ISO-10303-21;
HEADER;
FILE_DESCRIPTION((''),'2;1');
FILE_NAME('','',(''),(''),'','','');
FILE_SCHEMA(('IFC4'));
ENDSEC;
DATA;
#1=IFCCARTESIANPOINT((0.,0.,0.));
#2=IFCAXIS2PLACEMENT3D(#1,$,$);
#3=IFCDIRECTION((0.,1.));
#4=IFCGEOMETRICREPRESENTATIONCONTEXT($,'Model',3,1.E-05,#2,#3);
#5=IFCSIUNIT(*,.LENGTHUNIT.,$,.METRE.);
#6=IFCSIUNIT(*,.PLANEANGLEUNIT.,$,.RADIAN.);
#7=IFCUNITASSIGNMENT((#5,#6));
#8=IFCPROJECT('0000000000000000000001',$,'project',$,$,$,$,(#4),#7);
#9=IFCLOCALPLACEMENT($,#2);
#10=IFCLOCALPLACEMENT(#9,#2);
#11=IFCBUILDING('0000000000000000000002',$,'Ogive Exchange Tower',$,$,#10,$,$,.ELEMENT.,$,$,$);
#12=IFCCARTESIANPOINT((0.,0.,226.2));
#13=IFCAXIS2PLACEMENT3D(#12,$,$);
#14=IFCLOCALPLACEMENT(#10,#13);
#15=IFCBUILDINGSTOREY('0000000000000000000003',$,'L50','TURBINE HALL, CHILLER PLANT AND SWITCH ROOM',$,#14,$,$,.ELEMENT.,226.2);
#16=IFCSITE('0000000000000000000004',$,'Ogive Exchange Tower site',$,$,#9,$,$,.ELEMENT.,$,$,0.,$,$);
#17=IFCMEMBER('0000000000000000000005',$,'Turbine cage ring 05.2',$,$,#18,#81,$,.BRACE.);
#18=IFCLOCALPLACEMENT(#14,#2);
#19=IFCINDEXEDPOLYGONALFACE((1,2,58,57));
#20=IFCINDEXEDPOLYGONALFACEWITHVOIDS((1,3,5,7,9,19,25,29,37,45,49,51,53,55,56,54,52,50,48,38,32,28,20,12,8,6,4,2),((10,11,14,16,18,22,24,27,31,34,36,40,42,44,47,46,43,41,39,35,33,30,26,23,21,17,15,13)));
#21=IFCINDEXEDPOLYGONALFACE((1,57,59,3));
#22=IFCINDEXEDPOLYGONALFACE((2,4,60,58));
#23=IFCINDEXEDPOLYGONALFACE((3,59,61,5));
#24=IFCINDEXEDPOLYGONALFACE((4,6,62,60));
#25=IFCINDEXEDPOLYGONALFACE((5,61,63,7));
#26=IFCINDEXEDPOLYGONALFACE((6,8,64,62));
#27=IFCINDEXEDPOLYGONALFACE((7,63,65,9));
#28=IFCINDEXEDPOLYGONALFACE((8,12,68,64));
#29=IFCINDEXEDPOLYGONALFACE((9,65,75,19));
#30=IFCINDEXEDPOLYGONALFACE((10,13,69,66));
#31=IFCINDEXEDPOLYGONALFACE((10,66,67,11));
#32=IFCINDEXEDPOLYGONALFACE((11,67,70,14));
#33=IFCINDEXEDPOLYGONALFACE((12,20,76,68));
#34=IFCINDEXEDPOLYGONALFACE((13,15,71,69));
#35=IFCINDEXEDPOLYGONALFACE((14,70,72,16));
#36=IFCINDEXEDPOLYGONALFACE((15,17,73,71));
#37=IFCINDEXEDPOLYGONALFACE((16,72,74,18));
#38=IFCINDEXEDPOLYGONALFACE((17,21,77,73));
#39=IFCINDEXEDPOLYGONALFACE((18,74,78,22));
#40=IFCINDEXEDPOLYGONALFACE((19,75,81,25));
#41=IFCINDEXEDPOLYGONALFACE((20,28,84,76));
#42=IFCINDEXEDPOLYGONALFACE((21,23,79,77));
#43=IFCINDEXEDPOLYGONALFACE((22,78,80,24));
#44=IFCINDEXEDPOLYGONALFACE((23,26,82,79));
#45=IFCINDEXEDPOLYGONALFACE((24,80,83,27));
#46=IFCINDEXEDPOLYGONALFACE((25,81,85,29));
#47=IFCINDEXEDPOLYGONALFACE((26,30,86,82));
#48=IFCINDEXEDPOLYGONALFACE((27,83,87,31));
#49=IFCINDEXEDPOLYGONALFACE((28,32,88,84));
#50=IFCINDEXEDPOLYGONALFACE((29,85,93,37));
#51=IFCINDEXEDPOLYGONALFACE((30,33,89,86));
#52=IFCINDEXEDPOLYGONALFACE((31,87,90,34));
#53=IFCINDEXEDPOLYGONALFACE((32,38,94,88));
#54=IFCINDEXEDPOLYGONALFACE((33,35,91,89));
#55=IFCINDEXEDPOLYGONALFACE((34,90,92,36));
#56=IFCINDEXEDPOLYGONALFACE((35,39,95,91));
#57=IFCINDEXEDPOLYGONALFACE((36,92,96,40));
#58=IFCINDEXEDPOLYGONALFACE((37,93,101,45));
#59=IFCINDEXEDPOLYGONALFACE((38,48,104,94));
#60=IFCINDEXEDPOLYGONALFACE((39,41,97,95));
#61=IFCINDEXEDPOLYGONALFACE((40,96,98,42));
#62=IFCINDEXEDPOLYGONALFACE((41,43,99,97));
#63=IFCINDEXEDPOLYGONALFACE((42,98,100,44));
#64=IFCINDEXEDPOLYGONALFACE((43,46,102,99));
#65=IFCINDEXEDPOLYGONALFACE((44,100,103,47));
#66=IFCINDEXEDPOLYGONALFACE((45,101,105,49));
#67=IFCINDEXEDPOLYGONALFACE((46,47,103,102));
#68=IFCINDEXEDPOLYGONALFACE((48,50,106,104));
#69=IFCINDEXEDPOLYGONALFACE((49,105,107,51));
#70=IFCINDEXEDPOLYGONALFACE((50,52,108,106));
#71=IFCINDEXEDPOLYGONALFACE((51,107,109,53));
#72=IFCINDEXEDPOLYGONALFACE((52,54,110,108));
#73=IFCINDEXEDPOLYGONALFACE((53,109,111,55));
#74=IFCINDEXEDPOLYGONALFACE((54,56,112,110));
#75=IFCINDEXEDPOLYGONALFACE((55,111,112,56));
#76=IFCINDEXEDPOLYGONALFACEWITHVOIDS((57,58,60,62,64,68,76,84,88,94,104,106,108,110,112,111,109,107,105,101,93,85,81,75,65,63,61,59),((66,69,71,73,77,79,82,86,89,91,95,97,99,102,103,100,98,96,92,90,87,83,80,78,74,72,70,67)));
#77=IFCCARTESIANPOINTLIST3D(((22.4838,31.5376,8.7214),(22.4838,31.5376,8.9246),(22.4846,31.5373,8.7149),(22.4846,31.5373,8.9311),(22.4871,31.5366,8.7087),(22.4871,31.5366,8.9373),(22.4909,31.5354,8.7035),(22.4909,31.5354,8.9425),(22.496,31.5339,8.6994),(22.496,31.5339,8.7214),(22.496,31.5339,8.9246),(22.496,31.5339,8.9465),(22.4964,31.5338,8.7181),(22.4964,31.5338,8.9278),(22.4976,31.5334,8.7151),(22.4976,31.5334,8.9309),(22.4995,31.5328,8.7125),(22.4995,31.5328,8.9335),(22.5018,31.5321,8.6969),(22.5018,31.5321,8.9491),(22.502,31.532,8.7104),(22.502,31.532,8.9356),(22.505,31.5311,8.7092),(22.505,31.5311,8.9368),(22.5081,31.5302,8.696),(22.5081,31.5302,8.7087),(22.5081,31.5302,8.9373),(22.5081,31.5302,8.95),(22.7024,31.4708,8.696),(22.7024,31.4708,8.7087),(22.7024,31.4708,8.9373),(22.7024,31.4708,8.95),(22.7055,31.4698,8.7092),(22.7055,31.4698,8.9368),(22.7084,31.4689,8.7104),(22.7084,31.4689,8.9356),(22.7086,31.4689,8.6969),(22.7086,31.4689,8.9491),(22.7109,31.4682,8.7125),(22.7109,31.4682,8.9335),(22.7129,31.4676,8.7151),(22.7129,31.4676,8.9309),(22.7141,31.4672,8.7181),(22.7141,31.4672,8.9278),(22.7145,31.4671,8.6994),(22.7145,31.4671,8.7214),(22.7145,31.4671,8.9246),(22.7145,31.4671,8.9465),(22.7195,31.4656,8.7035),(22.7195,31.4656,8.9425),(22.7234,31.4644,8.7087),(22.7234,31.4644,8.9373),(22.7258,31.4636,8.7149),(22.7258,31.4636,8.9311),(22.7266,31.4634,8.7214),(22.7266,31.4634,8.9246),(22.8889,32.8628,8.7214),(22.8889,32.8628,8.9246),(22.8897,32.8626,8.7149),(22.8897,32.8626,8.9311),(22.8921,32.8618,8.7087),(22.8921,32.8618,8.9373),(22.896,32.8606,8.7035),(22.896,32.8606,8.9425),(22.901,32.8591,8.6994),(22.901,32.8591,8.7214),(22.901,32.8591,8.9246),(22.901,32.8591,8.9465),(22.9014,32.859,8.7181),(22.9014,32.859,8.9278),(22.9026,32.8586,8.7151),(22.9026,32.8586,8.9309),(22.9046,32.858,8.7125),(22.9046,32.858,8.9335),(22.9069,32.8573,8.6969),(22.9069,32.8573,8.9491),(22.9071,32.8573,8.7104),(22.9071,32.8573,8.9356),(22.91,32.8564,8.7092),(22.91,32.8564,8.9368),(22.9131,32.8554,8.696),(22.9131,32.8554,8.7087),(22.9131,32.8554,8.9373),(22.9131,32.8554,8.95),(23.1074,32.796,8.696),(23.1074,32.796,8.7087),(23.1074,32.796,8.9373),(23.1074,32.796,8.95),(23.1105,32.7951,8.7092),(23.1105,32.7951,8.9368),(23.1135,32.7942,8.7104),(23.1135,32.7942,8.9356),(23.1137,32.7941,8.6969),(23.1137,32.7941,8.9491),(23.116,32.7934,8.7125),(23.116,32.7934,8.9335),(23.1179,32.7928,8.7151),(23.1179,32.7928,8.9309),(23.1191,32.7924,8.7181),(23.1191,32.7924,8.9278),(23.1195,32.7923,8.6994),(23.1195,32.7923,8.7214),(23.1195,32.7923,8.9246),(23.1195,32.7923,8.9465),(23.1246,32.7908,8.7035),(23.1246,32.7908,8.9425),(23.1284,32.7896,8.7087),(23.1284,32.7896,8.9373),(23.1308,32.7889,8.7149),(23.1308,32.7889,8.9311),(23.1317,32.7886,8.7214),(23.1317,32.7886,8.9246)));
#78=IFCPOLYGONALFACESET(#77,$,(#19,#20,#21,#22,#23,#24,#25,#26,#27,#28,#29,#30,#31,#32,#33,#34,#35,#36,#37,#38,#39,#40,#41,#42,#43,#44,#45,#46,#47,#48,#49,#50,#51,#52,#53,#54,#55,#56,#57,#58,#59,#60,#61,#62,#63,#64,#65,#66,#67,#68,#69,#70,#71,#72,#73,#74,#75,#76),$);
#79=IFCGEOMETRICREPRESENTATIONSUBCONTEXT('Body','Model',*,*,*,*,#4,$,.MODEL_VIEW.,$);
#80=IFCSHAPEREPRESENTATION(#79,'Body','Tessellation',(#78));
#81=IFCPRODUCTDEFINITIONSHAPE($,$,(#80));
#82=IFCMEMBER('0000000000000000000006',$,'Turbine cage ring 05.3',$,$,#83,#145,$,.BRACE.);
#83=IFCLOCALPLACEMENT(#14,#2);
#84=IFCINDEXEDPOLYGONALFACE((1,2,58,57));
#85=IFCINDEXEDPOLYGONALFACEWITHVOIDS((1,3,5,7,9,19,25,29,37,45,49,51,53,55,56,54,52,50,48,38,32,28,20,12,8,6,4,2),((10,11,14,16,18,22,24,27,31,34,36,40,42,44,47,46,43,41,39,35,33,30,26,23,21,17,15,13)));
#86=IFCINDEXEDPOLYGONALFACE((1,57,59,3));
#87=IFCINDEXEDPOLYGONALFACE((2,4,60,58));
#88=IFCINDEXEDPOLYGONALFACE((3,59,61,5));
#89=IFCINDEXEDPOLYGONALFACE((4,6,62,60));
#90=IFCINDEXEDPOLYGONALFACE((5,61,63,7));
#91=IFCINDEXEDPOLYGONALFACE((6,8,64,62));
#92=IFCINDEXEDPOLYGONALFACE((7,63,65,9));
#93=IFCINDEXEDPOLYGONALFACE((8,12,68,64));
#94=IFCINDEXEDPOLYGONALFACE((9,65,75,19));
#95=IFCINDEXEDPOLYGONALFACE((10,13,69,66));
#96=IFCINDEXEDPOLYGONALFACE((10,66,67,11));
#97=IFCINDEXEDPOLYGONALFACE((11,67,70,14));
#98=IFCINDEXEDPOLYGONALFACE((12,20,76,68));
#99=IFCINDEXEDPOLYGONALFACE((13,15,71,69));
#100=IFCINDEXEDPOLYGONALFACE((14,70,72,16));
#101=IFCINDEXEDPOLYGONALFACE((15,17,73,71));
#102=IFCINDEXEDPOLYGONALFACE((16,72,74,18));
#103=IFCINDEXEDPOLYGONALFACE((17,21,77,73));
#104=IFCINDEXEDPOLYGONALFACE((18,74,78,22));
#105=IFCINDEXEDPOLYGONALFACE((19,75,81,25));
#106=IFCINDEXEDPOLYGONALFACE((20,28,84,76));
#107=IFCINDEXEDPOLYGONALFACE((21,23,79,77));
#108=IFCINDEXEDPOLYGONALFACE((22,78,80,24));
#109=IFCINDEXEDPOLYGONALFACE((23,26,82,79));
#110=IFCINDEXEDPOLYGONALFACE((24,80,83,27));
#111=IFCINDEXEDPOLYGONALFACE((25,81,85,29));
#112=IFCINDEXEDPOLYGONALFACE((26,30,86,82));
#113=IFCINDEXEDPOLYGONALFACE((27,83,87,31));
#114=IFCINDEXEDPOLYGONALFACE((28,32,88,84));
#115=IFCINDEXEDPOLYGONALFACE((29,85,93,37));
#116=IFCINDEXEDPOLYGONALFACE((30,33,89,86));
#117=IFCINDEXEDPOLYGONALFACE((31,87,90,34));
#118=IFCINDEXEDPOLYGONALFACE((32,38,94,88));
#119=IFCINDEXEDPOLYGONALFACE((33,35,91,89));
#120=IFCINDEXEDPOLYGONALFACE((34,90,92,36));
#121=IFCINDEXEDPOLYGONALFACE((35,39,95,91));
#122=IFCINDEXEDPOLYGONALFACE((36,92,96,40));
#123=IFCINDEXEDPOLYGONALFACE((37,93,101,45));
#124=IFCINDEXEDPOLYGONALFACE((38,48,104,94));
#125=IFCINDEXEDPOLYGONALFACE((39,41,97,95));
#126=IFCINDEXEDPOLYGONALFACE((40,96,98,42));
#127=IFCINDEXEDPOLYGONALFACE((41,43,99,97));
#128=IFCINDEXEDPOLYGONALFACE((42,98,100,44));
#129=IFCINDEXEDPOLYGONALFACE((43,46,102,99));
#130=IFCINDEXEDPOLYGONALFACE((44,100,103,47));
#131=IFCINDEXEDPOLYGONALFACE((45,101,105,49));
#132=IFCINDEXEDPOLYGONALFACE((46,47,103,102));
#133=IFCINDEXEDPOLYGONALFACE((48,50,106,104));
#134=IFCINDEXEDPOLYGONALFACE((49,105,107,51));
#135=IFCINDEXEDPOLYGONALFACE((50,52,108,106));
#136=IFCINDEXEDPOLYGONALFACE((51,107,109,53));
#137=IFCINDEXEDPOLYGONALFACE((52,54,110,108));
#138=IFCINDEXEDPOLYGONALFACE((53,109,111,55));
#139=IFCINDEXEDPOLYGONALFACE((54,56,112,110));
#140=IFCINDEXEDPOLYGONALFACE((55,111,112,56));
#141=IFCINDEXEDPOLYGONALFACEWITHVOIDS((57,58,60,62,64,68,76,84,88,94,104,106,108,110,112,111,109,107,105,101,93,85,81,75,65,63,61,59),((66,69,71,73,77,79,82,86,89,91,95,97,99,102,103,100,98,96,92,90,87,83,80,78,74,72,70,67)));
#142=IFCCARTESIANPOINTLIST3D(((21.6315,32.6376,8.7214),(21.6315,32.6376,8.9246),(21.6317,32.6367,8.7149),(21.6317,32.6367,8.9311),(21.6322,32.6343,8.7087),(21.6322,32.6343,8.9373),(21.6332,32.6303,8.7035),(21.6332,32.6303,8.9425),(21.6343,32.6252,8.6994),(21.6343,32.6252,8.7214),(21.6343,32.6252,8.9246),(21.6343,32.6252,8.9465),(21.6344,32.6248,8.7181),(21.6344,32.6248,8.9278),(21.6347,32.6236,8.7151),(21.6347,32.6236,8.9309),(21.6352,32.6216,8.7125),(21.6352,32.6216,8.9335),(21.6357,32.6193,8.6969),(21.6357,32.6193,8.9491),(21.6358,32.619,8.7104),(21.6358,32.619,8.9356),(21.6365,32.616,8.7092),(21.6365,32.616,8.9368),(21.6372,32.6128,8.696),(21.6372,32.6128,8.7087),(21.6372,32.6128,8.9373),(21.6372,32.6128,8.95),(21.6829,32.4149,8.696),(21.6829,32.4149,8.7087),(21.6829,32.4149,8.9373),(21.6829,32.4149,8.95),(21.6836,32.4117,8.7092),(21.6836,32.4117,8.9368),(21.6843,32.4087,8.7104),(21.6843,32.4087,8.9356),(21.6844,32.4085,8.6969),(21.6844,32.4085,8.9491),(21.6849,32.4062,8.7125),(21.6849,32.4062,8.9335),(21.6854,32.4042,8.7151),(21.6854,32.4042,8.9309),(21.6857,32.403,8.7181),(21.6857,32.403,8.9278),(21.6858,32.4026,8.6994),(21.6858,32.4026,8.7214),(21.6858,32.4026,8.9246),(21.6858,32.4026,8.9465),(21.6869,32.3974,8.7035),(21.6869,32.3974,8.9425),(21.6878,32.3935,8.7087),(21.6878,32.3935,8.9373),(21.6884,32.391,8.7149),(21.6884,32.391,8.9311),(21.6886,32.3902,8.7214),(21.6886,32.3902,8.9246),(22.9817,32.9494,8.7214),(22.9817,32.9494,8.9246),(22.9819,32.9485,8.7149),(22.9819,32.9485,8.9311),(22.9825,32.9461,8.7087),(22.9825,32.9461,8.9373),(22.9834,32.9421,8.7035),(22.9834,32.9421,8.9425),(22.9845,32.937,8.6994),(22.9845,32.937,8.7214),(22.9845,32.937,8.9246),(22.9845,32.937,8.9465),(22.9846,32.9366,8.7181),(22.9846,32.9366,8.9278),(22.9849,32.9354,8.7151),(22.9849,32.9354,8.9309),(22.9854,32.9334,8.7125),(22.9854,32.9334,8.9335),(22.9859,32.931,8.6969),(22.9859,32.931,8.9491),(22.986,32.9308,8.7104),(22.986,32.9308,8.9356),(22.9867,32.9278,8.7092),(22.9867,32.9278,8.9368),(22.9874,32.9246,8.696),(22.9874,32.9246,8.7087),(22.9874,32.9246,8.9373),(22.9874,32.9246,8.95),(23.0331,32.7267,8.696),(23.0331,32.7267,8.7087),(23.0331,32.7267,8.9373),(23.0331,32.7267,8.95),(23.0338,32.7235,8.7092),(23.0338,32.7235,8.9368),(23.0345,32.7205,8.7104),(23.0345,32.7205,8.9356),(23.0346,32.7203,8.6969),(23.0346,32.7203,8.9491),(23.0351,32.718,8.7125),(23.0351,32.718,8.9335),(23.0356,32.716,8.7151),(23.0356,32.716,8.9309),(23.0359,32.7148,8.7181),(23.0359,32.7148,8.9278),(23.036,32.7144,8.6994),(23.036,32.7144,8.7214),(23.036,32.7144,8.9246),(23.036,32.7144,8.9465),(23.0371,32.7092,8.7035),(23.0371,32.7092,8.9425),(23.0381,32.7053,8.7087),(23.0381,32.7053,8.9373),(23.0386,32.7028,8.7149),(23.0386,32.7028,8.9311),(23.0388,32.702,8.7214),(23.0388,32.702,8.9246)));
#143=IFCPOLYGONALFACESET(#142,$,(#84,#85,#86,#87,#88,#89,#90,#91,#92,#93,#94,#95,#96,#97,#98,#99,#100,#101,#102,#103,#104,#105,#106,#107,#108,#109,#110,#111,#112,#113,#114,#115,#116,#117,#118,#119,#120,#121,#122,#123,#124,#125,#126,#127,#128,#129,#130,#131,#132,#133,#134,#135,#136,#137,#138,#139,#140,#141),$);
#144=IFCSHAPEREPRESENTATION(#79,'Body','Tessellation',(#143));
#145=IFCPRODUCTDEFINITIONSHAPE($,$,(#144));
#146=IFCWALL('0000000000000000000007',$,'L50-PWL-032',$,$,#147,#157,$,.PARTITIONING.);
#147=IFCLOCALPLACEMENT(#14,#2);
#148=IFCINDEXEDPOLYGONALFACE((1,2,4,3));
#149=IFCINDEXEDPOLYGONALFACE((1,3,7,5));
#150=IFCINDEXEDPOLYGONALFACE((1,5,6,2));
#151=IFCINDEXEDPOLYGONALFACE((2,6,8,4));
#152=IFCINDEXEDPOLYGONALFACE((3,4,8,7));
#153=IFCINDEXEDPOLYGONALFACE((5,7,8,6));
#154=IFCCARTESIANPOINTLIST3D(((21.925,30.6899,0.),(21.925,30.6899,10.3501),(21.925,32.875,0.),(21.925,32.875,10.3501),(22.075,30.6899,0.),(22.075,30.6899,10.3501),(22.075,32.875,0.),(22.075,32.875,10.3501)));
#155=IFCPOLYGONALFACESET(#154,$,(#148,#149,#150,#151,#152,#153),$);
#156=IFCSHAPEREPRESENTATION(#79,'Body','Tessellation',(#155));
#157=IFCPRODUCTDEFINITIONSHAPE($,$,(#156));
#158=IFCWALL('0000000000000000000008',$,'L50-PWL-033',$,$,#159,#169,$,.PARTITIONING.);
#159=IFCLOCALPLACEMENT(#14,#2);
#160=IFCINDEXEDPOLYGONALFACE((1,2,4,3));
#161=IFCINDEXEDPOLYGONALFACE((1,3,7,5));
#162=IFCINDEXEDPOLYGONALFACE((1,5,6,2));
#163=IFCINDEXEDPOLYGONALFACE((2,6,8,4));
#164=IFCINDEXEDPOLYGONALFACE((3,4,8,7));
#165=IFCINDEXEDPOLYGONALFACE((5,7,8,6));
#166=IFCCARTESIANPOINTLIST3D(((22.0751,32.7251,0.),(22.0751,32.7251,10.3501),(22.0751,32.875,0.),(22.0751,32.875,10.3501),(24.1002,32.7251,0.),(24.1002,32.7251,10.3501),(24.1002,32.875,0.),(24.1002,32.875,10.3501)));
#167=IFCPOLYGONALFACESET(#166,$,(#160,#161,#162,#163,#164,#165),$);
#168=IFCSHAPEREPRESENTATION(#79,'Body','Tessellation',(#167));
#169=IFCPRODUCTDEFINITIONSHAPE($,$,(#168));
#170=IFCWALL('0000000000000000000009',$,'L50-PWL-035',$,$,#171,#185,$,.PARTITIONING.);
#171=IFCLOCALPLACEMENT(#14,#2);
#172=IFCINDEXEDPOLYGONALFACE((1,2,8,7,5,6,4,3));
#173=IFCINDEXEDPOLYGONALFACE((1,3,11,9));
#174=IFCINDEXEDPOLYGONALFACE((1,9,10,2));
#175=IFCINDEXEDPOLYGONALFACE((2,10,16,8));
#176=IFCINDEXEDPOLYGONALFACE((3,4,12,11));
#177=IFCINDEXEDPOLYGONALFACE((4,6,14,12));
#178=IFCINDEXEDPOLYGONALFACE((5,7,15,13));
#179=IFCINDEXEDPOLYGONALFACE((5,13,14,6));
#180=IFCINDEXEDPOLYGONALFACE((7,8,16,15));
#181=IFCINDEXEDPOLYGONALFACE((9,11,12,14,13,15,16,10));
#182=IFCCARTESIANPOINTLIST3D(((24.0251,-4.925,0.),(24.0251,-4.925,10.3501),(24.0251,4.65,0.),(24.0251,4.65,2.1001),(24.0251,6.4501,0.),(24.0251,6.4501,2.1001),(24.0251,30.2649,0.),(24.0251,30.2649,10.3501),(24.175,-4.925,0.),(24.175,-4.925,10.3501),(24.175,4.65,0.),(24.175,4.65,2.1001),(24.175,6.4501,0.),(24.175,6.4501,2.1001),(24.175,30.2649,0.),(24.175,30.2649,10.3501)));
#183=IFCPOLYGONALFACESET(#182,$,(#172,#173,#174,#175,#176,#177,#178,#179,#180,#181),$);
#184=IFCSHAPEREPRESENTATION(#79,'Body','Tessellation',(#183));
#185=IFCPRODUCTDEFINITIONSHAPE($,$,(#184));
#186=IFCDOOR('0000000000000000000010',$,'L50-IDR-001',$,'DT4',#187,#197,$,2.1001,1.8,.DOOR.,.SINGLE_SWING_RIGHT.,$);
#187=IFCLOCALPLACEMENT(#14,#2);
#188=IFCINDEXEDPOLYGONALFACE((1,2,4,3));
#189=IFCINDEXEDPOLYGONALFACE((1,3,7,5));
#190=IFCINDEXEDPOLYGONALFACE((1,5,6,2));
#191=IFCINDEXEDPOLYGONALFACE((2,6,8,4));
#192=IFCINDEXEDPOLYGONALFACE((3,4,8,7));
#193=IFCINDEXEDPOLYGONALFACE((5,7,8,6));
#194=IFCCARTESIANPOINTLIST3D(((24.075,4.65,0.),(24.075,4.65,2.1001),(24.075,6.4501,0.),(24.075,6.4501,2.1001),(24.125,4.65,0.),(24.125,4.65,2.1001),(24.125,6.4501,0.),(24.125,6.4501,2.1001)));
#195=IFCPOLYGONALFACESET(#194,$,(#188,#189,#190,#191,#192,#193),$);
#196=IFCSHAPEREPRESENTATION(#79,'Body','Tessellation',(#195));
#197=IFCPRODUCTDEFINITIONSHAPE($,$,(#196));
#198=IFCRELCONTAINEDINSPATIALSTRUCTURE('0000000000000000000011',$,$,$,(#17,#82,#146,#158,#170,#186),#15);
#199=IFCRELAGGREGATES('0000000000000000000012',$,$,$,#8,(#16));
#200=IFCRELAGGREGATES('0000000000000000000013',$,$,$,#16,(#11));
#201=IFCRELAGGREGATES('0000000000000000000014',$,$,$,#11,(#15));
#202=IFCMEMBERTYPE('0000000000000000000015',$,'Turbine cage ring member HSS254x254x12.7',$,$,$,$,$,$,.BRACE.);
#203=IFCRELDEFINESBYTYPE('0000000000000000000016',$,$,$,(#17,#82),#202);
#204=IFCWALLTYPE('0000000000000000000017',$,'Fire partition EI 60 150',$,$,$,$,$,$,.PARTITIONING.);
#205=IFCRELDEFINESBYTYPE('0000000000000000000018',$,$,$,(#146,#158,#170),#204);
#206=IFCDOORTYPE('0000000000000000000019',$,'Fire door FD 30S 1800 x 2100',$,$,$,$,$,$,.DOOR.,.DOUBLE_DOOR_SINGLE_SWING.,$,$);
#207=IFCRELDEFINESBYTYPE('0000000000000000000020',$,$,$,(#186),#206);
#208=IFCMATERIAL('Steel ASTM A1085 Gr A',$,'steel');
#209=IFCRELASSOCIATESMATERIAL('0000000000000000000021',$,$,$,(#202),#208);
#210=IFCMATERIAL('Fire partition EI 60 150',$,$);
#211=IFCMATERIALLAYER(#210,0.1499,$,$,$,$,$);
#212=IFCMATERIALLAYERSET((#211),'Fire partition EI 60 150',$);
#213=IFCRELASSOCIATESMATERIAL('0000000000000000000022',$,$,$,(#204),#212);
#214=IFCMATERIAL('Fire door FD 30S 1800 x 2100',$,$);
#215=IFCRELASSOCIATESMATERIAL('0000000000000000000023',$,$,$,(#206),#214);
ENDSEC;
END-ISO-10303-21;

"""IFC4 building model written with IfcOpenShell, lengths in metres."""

from ifc_helpers import new_model, si_unit, direction, frame, frame_2d, origin, origin_2d, place, context, subcontext, project, spatial, rectangle, hollow_rectangle, extrude, material, layer, layer_set, material_profile, profile_set, type_object, element, fill, save


model = new_model("IFC4")

# Units and contexts
model_context = context("Model", 3, precision=1e-05, world=origin(), true_north=direction((0.0, 1.0)))
body_context = subcontext(model_context, "Body", "Model", "MODEL_VIEW")
ifc_project = project(units=[si_unit("LENGTHUNIT", "METRE"), si_unit("PLANEANGLEUNIT", "RADIAN")], contexts=[model_context])

# Site, building, storey
site_placement = place(None, origin())
site = spatial("IfcSite", under=ifc_project, at=site_placement, Name="Ogive Exchange Tower site", CompositionType="ELEMENT", RefElevation=0.0)
building_placement = place(site_placement, origin())
building = spatial("IfcBuilding", under=site, at=building_placement, Name="Ogive Exchange Tower", CompositionType="ELEMENT")
storey_placement = place(building_placement, frame((0.0, 0.0, 226.2)))
storey = spatial("IfcBuildingStorey", under=building, at=storey_placement, Name="L50", Description="TURBINE HALL, CHILLER PLANT AND SWITCH ROOM", CompositionType="ELEMENT", Elevation=226.2)

# Shared definitions
ifc_material_1 = material(Name="Steel ASTM A1085 Gr A", Category="steel")

# Members
ifc_material_profile_1 = material_profile(ifc_material_1, hollow_rectangle(XDim=0.2539, YDim=0.2539, WallThickness=0.0127, InnerFilletRadius=0.0127, OuterFilletRadius=0.0254, at=origin_2d()), Name="HSS254x254x12.7")
ifc_profile_set_1 = profile_set([ifc_material_profile_1], Name="Steel ASTM A1085 Gr A")
member_type_1 = type_object("IfcMemberType", Name="Turbine cage ring member HSS254x254x12.7", PredefinedType="BRACE", material=ifc_profile_set_1)
for number, where, z_axis, x_axis, name in (
    (1, (22.6052, 31.5005, 8.823), (0.29229, 0.95633, 0.0), (-0.95633, 0.29229, 0.0), "Turbine cage ring 05.2"),
    (2, (23.0103, 32.8257, 8.823), (-0.974359, -0.225001, 0.0), (0.225001, -0.974359, 0.0), "Turbine cage ring 05.3"),
):
    element("IfcMember", number, at=place(storey_placement, frame(where, z_axis=z_axis, x_axis=x_axis)), inside=storey, type_object=member_type_1, Name=name, PredefinedType="BRACE", context=body_context, shape_type="SweptSolid", body=[
        extrude(hollow_rectangle(XDim=0.2539, YDim=0.2539, WallThickness=0.0127, InnerFilletRadius=0.0127, OuterFilletRadius=0.0254, at=origin_2d()), origin(), (0.0, 0.0, 1.0), 1.3857),
    ])

# Walls
ifc_material_2 = material(Name="Fire partition EI 60 150")
ifc_layer_1 = layer(ifc_material_2, 0.1499)
ifc_layer_set_1 = layer_set([ifc_layer_1], Name="Fire partition EI 60 150")
wall_type_1 = type_object("IfcWallType", Name="Fire partition EI 60 150", PredefinedType="PARTITIONING", material=ifc_layer_set_1)
wall_1_placement = place(storey_placement, frame((22.0, 30.6899, 0.0), z_axis=(0.0, 0.0, 1.0), x_axis=(0.0, 1.0, 0.0)))
element("IfcWall", 3, at=wall_1_placement, inside=storey, type_object=wall_type_1, Name="L50-PWL-032", PredefinedType="PARTITIONING", context=body_context, shape_type="SweptSolid", body=[
    extrude(rectangle(XDim=2.1851, YDim=0.1499, at=frame_2d((1.0925, 0.0))), origin(), (0.0, 0.0, 1.0), 10.3501),
])
wall_2_placement = place(storey_placement, frame((22.075, 32.8, 0.0), z_axis=(0.0, 0.0, 1.0), x_axis=(1.0, 0.0, 0.0)))
element("IfcWall", 4, at=wall_2_placement, inside=storey, type_object=wall_type_1, Name="L50-PWL-033", PredefinedType="PARTITIONING", context=body_context, shape_type="SweptSolid", body=[
    extrude(rectangle(XDim=2.0251, YDim=0.1499, at=frame_2d((1.0127, 0.0))), origin(), (0.0, 0.0, 1.0), 10.3501),
])

# Wall, opening, door
wall_3_placement = place(storey_placement, frame((24.1001, 30.2649, 0.0), z_axis=(0.0, 0.0, 1.0), x_axis=(0.0, -1.0, 0.0)))
wall_3 = element("IfcWall", 5, at=wall_3_placement, inside=storey, type_object=wall_type_1, Name="L50-PWL-035", PredefinedType="PARTITIONING", context=body_context, shape_type="SweptSolid", body=[
    extrude(rectangle(XDim=35.1899, YDim=0.1499, at=frame_2d((17.595, 0.0))), origin(), (0.0, 0.0, 1.0), 10.3501),
])
opening_placement = place(wall_3_placement, frame((23.8149, 0.0, 0.0)))
opening = element("IfcOpeningElement", 6, at=opening_placement, cuts=wall_3, PredefinedType="OPENING", context=body_context, shape_type="SweptSolid", body=[
    extrude(rectangle(XDim=1.8, YDim=2.1001, at=frame_2d((0.8999, 1.05))), frame((0.0, 0.085, 0.0), z_axis=(0.0, -1.0, 0.0), x_axis=(1.0, 0.0, 0.0)), (0.0, 0.0, 1.0), 0.1699),
])
ifc_material_3 = material(Name="Fire door FD 30S 1800 x 2100")
door_type = type_object("IfcDoorType", Name="Fire door FD 30S 1800 x 2100", OperationType="DOUBLE_DOOR_SINGLE_SWING", PredefinedType="DOOR", material=ifc_material_3)
door_placement = place(opening_placement, origin())
door = element("IfcDoor", 7, at=door_placement, inside=storey, type_object=door_type, Name="L50-IDR-001", ObjectType="DT4", OperationType="SINGLE_SWING_RIGHT", OverallHeight=2.1001, OverallWidth=1.8, PredefinedType="DOOR", context=body_context, shape_type="SweptSolid", body=[
    extrude(rectangle(XDim=1.8, YDim=2.1001, at=frame_2d((0.8999, 1.05))), frame((0.0, 0.0249, 0.0), z_axis=(0.0, -1.0, 0.0), x_axis=(1.0, 0.0, 0.0)), (0.0, 0.0, 1.0), 0.05),
])
fill(opening, door)

save(model, "model.ifc")
